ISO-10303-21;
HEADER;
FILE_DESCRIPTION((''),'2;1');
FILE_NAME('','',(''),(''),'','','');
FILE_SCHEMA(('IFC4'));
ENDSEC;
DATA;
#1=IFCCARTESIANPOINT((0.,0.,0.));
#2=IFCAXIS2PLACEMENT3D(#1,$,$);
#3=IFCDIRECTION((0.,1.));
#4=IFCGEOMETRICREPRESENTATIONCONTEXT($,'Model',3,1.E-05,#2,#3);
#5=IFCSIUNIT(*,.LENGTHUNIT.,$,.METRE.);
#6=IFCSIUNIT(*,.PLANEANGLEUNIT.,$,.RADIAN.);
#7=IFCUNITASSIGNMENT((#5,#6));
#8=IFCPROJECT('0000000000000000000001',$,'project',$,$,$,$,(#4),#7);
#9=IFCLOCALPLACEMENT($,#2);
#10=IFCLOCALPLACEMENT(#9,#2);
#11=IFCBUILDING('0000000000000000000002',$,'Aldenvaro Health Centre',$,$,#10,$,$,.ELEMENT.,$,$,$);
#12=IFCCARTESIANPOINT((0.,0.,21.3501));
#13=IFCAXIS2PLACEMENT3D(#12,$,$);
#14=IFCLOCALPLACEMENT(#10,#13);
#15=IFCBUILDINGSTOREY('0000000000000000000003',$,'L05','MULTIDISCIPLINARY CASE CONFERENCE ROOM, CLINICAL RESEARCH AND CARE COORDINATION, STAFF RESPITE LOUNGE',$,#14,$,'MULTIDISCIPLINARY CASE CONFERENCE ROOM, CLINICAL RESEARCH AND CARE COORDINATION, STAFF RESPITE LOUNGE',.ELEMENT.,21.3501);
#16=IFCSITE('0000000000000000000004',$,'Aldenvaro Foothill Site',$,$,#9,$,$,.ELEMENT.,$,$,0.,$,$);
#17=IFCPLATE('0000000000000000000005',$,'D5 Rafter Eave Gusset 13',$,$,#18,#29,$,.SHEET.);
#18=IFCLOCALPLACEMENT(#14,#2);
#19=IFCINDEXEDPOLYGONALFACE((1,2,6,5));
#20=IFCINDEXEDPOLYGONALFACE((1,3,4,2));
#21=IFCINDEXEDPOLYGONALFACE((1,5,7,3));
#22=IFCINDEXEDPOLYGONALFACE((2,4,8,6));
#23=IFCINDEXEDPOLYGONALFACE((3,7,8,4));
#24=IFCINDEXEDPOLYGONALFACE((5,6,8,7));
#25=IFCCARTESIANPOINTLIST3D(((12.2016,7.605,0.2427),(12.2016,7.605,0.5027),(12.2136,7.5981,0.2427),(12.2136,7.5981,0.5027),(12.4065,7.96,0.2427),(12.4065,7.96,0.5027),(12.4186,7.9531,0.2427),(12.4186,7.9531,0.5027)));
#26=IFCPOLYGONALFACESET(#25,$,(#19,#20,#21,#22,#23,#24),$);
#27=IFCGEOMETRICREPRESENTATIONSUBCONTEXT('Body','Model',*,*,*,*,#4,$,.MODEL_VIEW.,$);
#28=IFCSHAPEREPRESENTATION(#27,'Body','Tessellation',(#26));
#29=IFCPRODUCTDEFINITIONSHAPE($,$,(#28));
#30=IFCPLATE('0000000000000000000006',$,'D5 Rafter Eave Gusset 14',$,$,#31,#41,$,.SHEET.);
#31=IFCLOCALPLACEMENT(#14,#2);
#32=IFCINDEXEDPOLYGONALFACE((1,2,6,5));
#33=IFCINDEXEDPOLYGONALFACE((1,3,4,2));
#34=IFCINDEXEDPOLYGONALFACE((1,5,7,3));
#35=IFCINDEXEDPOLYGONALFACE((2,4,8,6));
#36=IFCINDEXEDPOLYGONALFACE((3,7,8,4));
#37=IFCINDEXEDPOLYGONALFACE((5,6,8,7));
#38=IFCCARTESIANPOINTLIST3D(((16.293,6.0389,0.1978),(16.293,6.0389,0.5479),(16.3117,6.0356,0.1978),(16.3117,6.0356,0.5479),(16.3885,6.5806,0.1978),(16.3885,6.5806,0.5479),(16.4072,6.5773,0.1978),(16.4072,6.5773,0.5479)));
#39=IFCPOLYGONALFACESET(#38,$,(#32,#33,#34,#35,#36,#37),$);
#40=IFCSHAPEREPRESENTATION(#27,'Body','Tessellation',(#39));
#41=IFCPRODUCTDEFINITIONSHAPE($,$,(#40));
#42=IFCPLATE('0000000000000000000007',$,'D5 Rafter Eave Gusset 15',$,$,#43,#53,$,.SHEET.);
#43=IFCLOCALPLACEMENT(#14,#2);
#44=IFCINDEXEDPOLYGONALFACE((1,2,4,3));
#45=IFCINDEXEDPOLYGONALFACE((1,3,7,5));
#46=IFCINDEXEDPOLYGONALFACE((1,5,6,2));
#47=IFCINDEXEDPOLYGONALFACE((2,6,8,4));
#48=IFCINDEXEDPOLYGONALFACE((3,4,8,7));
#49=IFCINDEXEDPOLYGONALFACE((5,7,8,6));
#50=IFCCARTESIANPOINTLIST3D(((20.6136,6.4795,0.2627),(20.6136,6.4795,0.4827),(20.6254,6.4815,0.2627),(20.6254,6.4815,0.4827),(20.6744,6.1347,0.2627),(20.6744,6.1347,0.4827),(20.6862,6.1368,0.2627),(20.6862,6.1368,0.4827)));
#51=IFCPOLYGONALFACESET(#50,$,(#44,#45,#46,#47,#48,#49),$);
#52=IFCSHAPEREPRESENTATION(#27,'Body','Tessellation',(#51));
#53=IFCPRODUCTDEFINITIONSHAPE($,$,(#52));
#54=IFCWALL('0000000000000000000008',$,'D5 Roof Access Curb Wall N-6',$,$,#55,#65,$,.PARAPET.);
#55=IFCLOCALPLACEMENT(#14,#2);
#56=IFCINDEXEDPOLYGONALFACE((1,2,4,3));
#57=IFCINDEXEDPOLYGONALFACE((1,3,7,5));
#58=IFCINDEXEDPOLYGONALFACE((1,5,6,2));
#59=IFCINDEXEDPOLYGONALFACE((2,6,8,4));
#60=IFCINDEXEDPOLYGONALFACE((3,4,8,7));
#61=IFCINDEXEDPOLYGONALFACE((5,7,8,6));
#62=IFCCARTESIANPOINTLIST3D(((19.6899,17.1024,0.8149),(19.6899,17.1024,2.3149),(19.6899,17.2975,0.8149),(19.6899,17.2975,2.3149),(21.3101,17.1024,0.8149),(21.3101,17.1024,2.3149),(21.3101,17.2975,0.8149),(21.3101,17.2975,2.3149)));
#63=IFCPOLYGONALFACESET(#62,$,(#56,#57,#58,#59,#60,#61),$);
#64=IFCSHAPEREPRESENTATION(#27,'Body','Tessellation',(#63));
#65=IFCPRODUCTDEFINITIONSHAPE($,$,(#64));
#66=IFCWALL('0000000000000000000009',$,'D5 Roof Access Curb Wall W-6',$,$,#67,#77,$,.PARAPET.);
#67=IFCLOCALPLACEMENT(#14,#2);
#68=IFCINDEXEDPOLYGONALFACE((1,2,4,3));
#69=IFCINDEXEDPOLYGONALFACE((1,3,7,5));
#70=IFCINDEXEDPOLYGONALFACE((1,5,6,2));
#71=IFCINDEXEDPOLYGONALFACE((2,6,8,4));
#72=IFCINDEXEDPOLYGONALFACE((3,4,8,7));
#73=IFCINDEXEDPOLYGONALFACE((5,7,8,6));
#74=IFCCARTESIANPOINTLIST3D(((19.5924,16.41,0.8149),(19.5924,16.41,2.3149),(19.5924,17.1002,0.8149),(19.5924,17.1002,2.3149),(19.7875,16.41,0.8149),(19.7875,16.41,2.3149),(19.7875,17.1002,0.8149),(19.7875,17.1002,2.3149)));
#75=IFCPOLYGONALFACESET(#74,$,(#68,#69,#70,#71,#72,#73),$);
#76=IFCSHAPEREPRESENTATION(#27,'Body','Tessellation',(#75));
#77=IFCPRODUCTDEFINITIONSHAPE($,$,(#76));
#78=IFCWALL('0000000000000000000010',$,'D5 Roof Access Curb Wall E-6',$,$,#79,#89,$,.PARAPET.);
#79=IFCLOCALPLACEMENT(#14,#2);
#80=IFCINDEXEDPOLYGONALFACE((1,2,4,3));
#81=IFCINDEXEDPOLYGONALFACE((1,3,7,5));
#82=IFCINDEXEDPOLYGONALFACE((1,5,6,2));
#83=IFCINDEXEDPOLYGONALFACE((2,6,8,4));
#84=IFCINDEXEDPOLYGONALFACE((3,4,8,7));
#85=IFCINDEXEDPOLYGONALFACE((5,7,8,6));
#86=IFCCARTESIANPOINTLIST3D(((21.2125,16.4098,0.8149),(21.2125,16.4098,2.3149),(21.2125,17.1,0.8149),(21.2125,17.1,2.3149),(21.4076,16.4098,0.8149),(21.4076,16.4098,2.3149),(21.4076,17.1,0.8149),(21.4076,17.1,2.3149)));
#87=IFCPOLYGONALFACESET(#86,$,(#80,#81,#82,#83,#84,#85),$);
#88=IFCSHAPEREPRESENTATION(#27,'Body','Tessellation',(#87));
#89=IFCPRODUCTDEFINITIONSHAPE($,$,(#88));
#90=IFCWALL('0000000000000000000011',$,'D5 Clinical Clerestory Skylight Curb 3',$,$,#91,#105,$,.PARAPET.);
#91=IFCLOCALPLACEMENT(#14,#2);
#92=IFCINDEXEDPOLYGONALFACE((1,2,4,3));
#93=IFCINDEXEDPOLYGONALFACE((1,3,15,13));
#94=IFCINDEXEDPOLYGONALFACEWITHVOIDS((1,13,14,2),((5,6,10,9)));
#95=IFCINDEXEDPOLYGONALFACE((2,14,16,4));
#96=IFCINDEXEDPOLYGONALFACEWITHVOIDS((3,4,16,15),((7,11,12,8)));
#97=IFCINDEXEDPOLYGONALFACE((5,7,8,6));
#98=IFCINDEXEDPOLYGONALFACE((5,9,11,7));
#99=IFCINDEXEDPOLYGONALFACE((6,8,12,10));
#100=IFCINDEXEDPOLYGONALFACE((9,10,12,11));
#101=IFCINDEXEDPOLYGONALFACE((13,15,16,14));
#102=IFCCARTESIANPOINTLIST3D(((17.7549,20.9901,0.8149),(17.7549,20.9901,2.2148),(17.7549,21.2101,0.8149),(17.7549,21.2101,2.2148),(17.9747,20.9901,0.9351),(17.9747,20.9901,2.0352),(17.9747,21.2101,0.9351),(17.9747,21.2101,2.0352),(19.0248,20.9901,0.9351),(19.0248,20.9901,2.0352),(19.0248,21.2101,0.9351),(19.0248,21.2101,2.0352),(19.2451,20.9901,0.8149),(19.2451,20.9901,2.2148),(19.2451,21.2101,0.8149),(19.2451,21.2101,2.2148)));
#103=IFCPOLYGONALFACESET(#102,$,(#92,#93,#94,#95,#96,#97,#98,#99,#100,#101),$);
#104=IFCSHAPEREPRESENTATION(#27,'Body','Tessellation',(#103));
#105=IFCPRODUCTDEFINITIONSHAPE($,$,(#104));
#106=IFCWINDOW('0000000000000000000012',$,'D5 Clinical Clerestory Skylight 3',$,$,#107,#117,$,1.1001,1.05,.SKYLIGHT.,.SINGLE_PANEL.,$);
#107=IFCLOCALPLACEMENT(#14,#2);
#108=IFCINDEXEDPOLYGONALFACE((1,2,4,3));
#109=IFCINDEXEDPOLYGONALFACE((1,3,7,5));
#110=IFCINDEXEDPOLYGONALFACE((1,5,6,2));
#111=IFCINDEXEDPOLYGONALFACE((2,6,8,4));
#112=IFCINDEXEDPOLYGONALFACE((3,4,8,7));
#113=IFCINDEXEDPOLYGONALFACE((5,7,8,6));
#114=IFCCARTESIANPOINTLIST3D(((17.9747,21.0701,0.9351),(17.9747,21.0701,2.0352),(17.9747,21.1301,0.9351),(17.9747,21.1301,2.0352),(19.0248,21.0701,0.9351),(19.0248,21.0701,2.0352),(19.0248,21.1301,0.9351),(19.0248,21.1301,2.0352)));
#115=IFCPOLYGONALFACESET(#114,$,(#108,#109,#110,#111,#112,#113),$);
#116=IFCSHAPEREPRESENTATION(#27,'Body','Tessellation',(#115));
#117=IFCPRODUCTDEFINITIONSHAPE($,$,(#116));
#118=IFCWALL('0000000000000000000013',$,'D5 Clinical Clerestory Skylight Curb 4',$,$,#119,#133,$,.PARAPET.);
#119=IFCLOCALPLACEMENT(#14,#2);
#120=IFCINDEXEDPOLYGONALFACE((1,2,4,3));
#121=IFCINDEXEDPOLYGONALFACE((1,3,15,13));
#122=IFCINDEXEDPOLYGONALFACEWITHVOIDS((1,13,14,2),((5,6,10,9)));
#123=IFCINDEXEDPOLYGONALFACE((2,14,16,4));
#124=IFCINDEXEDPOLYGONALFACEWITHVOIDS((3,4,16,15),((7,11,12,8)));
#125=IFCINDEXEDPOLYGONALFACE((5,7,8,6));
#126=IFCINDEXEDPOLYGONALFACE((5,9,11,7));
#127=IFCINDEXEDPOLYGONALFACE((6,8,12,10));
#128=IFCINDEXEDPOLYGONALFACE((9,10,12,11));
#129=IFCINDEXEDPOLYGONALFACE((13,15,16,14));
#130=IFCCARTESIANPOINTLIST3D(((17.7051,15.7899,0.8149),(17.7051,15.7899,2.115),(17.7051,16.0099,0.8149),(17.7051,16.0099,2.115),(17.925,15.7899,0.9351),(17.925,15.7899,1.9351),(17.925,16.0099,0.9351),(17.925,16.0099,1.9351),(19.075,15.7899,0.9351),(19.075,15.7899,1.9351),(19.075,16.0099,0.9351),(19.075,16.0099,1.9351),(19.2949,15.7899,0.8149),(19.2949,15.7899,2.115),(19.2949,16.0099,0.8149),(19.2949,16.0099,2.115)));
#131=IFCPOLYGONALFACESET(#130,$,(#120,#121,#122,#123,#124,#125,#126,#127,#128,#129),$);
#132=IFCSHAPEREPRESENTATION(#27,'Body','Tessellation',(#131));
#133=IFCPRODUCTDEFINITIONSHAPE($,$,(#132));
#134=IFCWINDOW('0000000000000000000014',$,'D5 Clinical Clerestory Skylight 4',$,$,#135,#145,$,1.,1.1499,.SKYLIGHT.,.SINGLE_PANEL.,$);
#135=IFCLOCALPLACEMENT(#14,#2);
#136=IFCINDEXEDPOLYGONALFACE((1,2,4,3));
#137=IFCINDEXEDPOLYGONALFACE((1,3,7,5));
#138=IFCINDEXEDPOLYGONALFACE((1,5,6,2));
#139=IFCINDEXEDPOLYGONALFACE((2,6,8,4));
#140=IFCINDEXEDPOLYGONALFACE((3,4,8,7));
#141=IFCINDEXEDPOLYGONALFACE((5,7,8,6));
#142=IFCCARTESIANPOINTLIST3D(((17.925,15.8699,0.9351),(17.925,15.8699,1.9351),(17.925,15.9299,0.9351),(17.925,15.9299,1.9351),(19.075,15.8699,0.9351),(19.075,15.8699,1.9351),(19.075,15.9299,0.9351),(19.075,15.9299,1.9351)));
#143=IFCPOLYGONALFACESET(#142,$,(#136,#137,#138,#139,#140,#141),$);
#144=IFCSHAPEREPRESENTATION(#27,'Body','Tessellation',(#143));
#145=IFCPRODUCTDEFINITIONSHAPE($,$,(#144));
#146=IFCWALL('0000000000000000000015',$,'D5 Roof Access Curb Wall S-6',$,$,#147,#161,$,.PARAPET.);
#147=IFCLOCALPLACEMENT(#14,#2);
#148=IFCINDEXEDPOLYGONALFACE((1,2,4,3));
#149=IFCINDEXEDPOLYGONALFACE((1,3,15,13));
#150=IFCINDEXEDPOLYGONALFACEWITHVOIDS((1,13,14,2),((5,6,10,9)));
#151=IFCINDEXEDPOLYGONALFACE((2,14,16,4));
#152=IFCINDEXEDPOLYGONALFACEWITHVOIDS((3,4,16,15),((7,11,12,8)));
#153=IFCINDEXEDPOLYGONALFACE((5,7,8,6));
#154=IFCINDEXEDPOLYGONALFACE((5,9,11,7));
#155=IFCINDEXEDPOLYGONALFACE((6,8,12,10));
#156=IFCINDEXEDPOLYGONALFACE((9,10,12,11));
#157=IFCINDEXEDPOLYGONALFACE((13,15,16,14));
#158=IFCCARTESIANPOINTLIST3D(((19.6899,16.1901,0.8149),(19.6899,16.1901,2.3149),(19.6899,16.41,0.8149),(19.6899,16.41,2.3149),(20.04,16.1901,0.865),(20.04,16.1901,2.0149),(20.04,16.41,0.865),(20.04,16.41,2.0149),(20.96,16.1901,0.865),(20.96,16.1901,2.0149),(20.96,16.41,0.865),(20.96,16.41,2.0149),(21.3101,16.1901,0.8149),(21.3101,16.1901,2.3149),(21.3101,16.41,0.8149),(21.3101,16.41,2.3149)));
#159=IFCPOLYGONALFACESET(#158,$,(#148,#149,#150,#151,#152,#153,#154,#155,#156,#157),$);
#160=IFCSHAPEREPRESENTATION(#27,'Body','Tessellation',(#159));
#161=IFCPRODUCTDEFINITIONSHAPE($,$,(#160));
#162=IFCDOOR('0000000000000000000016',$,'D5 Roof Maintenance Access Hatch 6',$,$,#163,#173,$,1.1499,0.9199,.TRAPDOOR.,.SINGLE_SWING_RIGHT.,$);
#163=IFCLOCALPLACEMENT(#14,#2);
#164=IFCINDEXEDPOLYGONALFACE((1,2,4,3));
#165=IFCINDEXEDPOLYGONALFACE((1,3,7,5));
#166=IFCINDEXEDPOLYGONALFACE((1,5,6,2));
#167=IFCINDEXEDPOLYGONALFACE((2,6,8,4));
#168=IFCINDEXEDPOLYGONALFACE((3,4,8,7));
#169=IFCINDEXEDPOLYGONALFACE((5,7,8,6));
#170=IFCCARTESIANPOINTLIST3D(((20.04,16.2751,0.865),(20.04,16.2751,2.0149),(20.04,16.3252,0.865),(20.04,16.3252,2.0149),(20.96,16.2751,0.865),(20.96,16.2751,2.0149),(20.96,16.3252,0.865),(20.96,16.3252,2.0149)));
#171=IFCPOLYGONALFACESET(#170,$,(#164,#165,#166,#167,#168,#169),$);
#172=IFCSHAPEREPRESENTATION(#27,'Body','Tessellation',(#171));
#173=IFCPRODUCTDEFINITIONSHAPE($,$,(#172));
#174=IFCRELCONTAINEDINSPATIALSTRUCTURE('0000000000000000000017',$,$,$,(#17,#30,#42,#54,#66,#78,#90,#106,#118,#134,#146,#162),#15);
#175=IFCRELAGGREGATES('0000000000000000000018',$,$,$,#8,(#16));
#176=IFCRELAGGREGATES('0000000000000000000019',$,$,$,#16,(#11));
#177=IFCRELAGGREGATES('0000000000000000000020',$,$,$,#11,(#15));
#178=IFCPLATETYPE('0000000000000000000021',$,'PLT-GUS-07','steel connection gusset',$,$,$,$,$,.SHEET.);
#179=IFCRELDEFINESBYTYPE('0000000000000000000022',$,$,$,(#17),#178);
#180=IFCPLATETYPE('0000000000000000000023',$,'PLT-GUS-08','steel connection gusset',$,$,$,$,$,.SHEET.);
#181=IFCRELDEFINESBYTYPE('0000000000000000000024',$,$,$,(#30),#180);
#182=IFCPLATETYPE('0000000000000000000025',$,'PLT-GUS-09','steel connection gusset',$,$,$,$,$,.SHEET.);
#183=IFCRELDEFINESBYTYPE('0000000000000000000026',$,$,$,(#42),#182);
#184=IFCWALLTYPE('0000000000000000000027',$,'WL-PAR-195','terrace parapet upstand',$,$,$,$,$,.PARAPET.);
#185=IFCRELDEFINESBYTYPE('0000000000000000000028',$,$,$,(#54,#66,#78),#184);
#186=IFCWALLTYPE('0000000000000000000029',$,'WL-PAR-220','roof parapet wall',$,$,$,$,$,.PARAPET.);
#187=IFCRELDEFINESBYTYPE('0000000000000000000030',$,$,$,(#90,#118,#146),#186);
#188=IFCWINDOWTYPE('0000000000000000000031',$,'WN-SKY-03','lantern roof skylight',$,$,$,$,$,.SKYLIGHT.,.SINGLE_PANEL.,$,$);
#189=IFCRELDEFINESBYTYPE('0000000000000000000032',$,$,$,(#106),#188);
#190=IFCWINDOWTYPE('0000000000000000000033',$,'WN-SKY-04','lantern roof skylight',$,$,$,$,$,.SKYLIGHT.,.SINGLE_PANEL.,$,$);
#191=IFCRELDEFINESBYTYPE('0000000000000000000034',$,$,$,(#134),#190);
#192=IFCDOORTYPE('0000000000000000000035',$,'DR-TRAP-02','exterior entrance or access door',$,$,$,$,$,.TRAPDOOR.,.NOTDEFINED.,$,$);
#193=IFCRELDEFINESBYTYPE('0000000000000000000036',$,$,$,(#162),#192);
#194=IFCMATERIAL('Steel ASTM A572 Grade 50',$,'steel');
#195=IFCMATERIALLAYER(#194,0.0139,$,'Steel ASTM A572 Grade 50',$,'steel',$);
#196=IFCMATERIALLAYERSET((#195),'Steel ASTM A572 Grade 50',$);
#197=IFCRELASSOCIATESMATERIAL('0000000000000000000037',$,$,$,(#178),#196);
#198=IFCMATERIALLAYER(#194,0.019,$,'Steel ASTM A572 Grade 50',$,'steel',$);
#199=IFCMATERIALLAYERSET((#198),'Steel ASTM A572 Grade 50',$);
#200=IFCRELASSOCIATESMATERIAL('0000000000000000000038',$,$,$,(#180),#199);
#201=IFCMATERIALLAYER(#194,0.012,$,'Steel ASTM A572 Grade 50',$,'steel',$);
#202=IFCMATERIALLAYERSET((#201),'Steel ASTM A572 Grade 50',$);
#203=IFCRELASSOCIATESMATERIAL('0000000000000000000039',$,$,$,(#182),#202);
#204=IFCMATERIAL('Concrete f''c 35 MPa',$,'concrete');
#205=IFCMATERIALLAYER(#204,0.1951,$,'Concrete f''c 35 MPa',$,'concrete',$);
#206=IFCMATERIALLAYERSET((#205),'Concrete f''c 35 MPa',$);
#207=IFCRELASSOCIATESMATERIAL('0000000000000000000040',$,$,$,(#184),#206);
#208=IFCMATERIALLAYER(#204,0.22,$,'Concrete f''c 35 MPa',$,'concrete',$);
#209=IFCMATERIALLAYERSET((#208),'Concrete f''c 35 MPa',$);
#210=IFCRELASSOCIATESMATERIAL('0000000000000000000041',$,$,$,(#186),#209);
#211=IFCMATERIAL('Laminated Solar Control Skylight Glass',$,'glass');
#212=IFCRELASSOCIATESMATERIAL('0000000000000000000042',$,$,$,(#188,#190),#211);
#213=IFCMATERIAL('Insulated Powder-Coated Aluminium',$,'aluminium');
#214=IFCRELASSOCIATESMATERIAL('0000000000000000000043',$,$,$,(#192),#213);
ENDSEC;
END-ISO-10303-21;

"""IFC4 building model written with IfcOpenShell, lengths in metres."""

from ifc_helpers import new_model, si_unit, direction, frame, frame_2d, origin, origin_2d, place, context, subcontext, project, spatial, rectangle, extrude, material, layer, layer_set, type_object, element, fill, save


model = new_model("IFC4")

# Units and contexts
model_context = context("Model", 3, precision=1e-05, world=origin(), true_north=direction((0.0, 1.0)))
body_context = subcontext(model_context, "Body", "Model", "MODEL_VIEW")
ifc_project = project(units=[si_unit("LENGTHUNIT", "METRE"), si_unit("PLANEANGLEUNIT", "RADIAN")], contexts=[model_context])

# Site, building, storey
site_placement = place(None, origin())
site = spatial("IfcSite", under=ifc_project, at=site_placement, Name="Aldenvaro Foothill Site", CompositionType="ELEMENT", RefElevation=0.0)
building_placement = place(site_placement, origin())
building = spatial("IfcBuilding", under=site, at=building_placement, Name="Aldenvaro Health Centre", CompositionType="ELEMENT")
storey_placement = place(building_placement, frame((0.0, 0.0, 21.3501)))
storey = spatial("IfcBuildingStorey", under=building, at=storey_placement, Name="L05", Description="MULTIDISCIPLINARY CASE CONFERENCE ROOM, CLINICAL RESEARCH AND CARE COORDINATION, STAFF RESPITE LOUNGE", LongName="MULTIDISCIPLINARY CASE CONFERENCE ROOM, CLINICAL RESEARCH AND CARE COORDINATION, STAFF RESPITE LOUNGE", CompositionType="ELEMENT", Elevation=21.3501)

# Plates
ifc_material_1 = material(Name="Steel ASTM A572 Grade 50", Category="steel")
ifc_layer_1 = layer(ifc_material_1, 0.0139, Name="Steel ASTM A572 Grade 50", Category="steel")
ifc_layer_set_1 = layer_set([ifc_layer_1], Name="Steel ASTM A572 Grade 50")
plate_type_1 = type_object("IfcPlateType", Name="PLT-GUS-07", Description="steel connection gusset", PredefinedType="SHEET", material=ifc_layer_set_1)
plate_1_placement = place(storey_placement, frame((12.3101, 7.7791, 0.2427), z_axis=(0.0, 0.0, 1.0), x_axis=(-0.500014, -0.866017, 0.0)))
element("IfcPlate", 1, at=plate_1_placement, inside=storey, type_object=plate_type_1, Name="D5 Rafter Eave Gusset 13", PredefinedType="SHEET", context=body_context, shape_type="SweptSolid", body=[
    extrude(rectangle(XDim=0.4099, YDim=0.0139, at=origin_2d()), origin(), (0.0, 0.0, 1.0), 0.26),
])
ifc_layer_2 = layer(ifc_material_1, 0.019, Name="Steel ASTM A572 Grade 50", Category="steel")
ifc_layer_set_2 = layer_set([ifc_layer_2], Name="Steel ASTM A572 Grade 50")
plate_type_2 = type_object("IfcPlateType", Name="PLT-GUS-08", Description="steel connection gusset", PredefinedType="SHEET", material=ifc_layer_set_2)
plate_2_placement = place(storey_placement, frame((16.3501, 6.3081, 0.1978), z_axis=(0.0, 0.0, 1.0), x_axis=(-0.173666, -0.984805, 0.0)))
element("IfcPlate", 2, at=plate_2_placement, inside=storey, type_object=plate_type_2, Name="D5 Rafter Eave Gusset 14", PredefinedType="SHEET", context=body_context, shape_type="SweptSolid", body=[
    extrude(rectangle(XDim=0.55, YDim=0.019, at=origin_2d()), origin(), (0.0, 0.0, 1.0), 0.3501),
])
ifc_layer_3 = layer(ifc_material_1, 0.012, Name="Steel ASTM A572 Grade 50", Category="steel")
ifc_layer_set_3 = layer_set([ifc_layer_3], Name="Steel ASTM A572 Grade 50")
plate_type_3 = type_object("IfcPlateType", Name="PLT-GUS-09", Description="steel connection gusset", PredefinedType="SHEET", material=ifc_layer_set_3)
plate_3_placement = place(storey_placement, frame((20.6499, 6.3081, 0.2627), z_axis=(0.0, 0.0, 1.0), x_axis=(0.173666, -0.984805, 0.0)))
element("IfcPlate", 3, at=plate_3_placement, inside=storey, type_object=plate_type_3, Name="D5 Rafter Eave Gusset 15", PredefinedType="SHEET", context=body_context, shape_type="SweptSolid", body=[
    extrude(rectangle(XDim=0.3501, YDim=0.012, at=origin_2d()), origin(), (0.0, 0.0, 1.0), 0.22),
])

# Walls
ifc_material_2 = material(Name="Concrete f'c 35 MPa", Category="concrete")
ifc_layer_4 = layer(ifc_material_2, 0.1951, Name="Concrete f'c 35 MPa", Category="concrete")
ifc_layer_set_4 = layer_set([ifc_layer_4], Name="Concrete f'c 35 MPa")
wall_type_1 = type_object("IfcWallType", Name="WL-PAR-195", Description="terrace parapet upstand", PredefinedType="PARAPET", material=ifc_layer_set_4)
wall_1_placement = place(storey_placement, frame((19.6899, 17.2, 0.8149), z_axis=(0.0, 0.0, 1.0), x_axis=(1.0, 0.0, 0.0)))
element("IfcWall", 4, at=wall_1_placement, inside=storey, type_object=wall_type_1, Name="D5 Roof Access Curb Wall N-6", PredefinedType="PARAPET", context=body_context, shape_type="SweptSolid", body=[
    extrude(rectangle(XDim=1.6201, YDim=0.1951, at=frame_2d((0.8101, 0.0))), origin(), (0.0, 0.0, 1.0), 1.5),
])
for number, where, z_axis, x_axis, name in (
    (5, (19.6899, 16.4099, 0.8149), (0.0, 0.0, 1.0), (0.0, 1.0, 0.0), "D5 Roof Access Curb Wall W-6"),
    (6, (21.3101, 17.1001, 0.8149), (0.0, 0.0, 1.0), (0.0, -1.0, 0.0), "D5 Roof Access Curb Wall E-6"),
):
    element("IfcWall", number, at=place(storey_placement, frame(where, z_axis=z_axis, x_axis=x_axis)), inside=storey, type_object=wall_type_1, Name=name, PredefinedType="PARAPET", context=body_context, shape_type="SweptSolid", body=[
        extrude(rectangle(XDim=0.6902, YDim=0.1951, at=frame_2d((0.3452, 0.0))), origin(), (0.0, 0.0, 1.0), 1.5),
    ])

# Walls, openings, windows
ifc_layer_5 = layer(ifc_material_2, 0.22, Name="Concrete f'c 35 MPa", Category="concrete")
ifc_layer_set_5 = layer_set([ifc_layer_5], Name="Concrete f'c 35 MPa")
wall_type_2 = type_object("IfcWallType", Name="WL-PAR-220", Description="roof parapet wall", PredefinedType="PARAPET", material=ifc_layer_set_5)
wall_2_placement = place(storey_placement, frame((17.7549, 21.1001, 0.8149), z_axis=(0.0, 0.0, 1.0), x_axis=(1.0, 0.0, 0.0)))
wall_2 = element("IfcWall", 7, at=wall_2_placement, inside=storey, type_object=wall_type_2, Name="D5 Clinical Clerestory Skylight Curb 3", PredefinedType="PARAPET", context=body_context, shape_type="SweptSolid", body=[
    extrude(rectangle(XDim=1.4902, YDim=0.22, at=frame_2d((0.7451, 0.0))), origin(), (0.0, 0.0, 1.0), 1.3999),
])
opening_1_placement = place(wall_2_placement, frame((0.22, 0.0, 0.1201)))
opening_1 = element("IfcOpeningElement", 8, at=opening_1_placement, cuts=wall_2, PredefinedType="OPENING", context=body_context, shape_type="SweptSolid", body=[
    extrude(rectangle(XDim=1.05, YDim=1.1001, at=frame_2d((0.5249, 0.55))), frame((0.0, 0.1201, 0.0), z_axis=(0.0, -1.0, 0.0), x_axis=(1.0, 0.0, 0.0)), (0.0, 0.0, 1.0), 0.24),
])
ifc_material_3 = material(Name="Laminated Solar Control Skylight Glass", Category="glass")
window_type_1 = type_object("IfcWindowType", Name="WN-SKY-03", Description="lantern roof skylight", PartitioningType="SINGLE_PANEL", PredefinedType="SKYLIGHT", material=ifc_material_3)
window_1_placement = place(opening_1_placement, origin())
window_1 = element("IfcWindow", 9, at=window_1_placement, inside=storey, type_object=window_type_1, Name="D5 Clinical Clerestory Skylight 3", OverallHeight=1.1001, OverallWidth=1.05, PartitioningType="SINGLE_PANEL", PredefinedType="SKYLIGHT", context=body_context, shape_type="SweptSolid", body=[
    extrude(rectangle(XDim=1.05, YDim=1.1001, at=frame_2d((0.5249, 0.55))), frame((0.0, 0.03, 0.0), z_axis=(0.0, -1.0, 0.0), x_axis=(1.0, 0.0, 0.0)), (0.0, 0.0, 1.0), 0.0601),
])
fill(opening_1, window_1)
wall_3_placement = place(storey_placement, frame((19.2949, 15.8999, 0.8149), z_axis=(0.0, 0.0, 1.0), x_axis=(-1.0, 0.0, 0.0)))
wall_3 = element("IfcWall", 10, at=wall_3_placement, inside=storey, type_object=wall_type_2, Name="D5 Clinical Clerestory Skylight Curb 4", PredefinedType="PARAPET", context=body_context, shape_type="SweptSolid", body=[
    extrude(rectangle(XDim=1.5898, YDim=0.22, at=frame_2d((0.7949, 0.0))), origin(), (0.0, 0.0, 1.0), 1.3),
])
opening_2_placement = place(wall_3_placement, frame((0.22, 0.0, 0.1201)))
opening_2 = element("IfcOpeningElement", 11, at=opening_2_placement, cuts=wall_3, PredefinedType="OPENING", context=body_context, shape_type="SweptSolid", body=[
    extrude(rectangle(XDim=1.1499, YDim=1.0, at=frame_2d((0.575, 0.5))), frame((0.0, 0.1201, 0.0), z_axis=(0.0, -1.0, 0.0), x_axis=(1.0, 0.0, 0.0)), (0.0, 0.0, 1.0), 0.24),
])
window_type_2 = type_object("IfcWindowType", Name="WN-SKY-04", Description="lantern roof skylight", PartitioningType="SINGLE_PANEL", PredefinedType="SKYLIGHT", material=ifc_material_3)
window_2_placement = place(opening_2_placement, origin())
window_2 = element("IfcWindow", 12, at=window_2_placement, inside=storey, type_object=window_type_2, Name="D5 Clinical Clerestory Skylight 4", OverallHeight=1.0, OverallWidth=1.1499, PartitioningType="SINGLE_PANEL", PredefinedType="SKYLIGHT", context=body_context, shape_type="SweptSolid", body=[
    extrude(rectangle(XDim=1.1499, YDim=1.0, at=frame_2d((0.575, 0.5))), frame((0.0, 0.03, 0.0), z_axis=(0.0, -1.0, 0.0), x_axis=(1.0, 0.0, 0.0)), (0.0, 0.0, 1.0), 0.0601),
])
fill(opening_2, window_2)

# Wall, opening, door
wall_4_placement = place(storey_placement, frame((21.3101, 16.3, 0.8149), z_axis=(0.0, 0.0, 1.0), x_axis=(-1.0, 0.0, 0.0)))
wall_4 = element("IfcWall", 13, at=wall_4_placement, inside=storey, type_object=wall_type_2, Name="D5 Roof Access Curb Wall S-6", PredefinedType="PARAPET", context=body_context, shape_type="SweptSolid", body=[
    extrude(rectangle(XDim=1.6201, YDim=0.22, at=frame_2d((0.8101, 0.0))), origin(), (0.0, 0.0, 1.0), 1.5),
])
opening_3_placement = place(wall_4_placement, frame((0.3501, 0.0, 0.05)))
opening_3 = element("IfcOpeningElement", 14, at=opening_3_placement, cuts=wall_4, PredefinedType="OPENING", context=body_context, shape_type="SweptSolid", body=[
    extrude(rectangle(XDim=0.9199, YDim=1.1499, at=frame_2d((0.46, 0.575))), frame((0.0, 0.1201, 0.0), z_axis=(0.0, -1.0, 0.0), x_axis=(1.0, 0.0, 0.0)), (0.0, 0.0, 1.0), 0.24),
])
ifc_material_4 = material(Name="Insulated Powder-Coated Aluminium", Category="aluminium")
door_type = type_object("IfcDoorType", Name="DR-TRAP-02", Description="exterior entrance or access door", OperationType="NOTDEFINED", PredefinedType="TRAPDOOR", material=ifc_material_4)
door_placement = place(opening_3_placement, origin())
door = element("IfcDoor", 15, at=door_placement, inside=storey, type_object=door_type, Name="D5 Roof Maintenance Access Hatch 6", OperationType="SINGLE_SWING_RIGHT", OverallHeight=1.1499, OverallWidth=0.9199, PredefinedType="TRAPDOOR", context=body_context, shape_type="SweptSolid", body=[
    extrude(rectangle(XDim=0.9199, YDim=1.1499, at=frame_2d((0.46, 0.575))), frame((0.0, 0.0249, 0.0), z_axis=(0.0, -1.0, 0.0), x_axis=(1.0, 0.0, 0.0)), (0.0, 0.0, 1.0), 0.05),
])
fill(opening_3, door)

save(model, "model.ifc")
